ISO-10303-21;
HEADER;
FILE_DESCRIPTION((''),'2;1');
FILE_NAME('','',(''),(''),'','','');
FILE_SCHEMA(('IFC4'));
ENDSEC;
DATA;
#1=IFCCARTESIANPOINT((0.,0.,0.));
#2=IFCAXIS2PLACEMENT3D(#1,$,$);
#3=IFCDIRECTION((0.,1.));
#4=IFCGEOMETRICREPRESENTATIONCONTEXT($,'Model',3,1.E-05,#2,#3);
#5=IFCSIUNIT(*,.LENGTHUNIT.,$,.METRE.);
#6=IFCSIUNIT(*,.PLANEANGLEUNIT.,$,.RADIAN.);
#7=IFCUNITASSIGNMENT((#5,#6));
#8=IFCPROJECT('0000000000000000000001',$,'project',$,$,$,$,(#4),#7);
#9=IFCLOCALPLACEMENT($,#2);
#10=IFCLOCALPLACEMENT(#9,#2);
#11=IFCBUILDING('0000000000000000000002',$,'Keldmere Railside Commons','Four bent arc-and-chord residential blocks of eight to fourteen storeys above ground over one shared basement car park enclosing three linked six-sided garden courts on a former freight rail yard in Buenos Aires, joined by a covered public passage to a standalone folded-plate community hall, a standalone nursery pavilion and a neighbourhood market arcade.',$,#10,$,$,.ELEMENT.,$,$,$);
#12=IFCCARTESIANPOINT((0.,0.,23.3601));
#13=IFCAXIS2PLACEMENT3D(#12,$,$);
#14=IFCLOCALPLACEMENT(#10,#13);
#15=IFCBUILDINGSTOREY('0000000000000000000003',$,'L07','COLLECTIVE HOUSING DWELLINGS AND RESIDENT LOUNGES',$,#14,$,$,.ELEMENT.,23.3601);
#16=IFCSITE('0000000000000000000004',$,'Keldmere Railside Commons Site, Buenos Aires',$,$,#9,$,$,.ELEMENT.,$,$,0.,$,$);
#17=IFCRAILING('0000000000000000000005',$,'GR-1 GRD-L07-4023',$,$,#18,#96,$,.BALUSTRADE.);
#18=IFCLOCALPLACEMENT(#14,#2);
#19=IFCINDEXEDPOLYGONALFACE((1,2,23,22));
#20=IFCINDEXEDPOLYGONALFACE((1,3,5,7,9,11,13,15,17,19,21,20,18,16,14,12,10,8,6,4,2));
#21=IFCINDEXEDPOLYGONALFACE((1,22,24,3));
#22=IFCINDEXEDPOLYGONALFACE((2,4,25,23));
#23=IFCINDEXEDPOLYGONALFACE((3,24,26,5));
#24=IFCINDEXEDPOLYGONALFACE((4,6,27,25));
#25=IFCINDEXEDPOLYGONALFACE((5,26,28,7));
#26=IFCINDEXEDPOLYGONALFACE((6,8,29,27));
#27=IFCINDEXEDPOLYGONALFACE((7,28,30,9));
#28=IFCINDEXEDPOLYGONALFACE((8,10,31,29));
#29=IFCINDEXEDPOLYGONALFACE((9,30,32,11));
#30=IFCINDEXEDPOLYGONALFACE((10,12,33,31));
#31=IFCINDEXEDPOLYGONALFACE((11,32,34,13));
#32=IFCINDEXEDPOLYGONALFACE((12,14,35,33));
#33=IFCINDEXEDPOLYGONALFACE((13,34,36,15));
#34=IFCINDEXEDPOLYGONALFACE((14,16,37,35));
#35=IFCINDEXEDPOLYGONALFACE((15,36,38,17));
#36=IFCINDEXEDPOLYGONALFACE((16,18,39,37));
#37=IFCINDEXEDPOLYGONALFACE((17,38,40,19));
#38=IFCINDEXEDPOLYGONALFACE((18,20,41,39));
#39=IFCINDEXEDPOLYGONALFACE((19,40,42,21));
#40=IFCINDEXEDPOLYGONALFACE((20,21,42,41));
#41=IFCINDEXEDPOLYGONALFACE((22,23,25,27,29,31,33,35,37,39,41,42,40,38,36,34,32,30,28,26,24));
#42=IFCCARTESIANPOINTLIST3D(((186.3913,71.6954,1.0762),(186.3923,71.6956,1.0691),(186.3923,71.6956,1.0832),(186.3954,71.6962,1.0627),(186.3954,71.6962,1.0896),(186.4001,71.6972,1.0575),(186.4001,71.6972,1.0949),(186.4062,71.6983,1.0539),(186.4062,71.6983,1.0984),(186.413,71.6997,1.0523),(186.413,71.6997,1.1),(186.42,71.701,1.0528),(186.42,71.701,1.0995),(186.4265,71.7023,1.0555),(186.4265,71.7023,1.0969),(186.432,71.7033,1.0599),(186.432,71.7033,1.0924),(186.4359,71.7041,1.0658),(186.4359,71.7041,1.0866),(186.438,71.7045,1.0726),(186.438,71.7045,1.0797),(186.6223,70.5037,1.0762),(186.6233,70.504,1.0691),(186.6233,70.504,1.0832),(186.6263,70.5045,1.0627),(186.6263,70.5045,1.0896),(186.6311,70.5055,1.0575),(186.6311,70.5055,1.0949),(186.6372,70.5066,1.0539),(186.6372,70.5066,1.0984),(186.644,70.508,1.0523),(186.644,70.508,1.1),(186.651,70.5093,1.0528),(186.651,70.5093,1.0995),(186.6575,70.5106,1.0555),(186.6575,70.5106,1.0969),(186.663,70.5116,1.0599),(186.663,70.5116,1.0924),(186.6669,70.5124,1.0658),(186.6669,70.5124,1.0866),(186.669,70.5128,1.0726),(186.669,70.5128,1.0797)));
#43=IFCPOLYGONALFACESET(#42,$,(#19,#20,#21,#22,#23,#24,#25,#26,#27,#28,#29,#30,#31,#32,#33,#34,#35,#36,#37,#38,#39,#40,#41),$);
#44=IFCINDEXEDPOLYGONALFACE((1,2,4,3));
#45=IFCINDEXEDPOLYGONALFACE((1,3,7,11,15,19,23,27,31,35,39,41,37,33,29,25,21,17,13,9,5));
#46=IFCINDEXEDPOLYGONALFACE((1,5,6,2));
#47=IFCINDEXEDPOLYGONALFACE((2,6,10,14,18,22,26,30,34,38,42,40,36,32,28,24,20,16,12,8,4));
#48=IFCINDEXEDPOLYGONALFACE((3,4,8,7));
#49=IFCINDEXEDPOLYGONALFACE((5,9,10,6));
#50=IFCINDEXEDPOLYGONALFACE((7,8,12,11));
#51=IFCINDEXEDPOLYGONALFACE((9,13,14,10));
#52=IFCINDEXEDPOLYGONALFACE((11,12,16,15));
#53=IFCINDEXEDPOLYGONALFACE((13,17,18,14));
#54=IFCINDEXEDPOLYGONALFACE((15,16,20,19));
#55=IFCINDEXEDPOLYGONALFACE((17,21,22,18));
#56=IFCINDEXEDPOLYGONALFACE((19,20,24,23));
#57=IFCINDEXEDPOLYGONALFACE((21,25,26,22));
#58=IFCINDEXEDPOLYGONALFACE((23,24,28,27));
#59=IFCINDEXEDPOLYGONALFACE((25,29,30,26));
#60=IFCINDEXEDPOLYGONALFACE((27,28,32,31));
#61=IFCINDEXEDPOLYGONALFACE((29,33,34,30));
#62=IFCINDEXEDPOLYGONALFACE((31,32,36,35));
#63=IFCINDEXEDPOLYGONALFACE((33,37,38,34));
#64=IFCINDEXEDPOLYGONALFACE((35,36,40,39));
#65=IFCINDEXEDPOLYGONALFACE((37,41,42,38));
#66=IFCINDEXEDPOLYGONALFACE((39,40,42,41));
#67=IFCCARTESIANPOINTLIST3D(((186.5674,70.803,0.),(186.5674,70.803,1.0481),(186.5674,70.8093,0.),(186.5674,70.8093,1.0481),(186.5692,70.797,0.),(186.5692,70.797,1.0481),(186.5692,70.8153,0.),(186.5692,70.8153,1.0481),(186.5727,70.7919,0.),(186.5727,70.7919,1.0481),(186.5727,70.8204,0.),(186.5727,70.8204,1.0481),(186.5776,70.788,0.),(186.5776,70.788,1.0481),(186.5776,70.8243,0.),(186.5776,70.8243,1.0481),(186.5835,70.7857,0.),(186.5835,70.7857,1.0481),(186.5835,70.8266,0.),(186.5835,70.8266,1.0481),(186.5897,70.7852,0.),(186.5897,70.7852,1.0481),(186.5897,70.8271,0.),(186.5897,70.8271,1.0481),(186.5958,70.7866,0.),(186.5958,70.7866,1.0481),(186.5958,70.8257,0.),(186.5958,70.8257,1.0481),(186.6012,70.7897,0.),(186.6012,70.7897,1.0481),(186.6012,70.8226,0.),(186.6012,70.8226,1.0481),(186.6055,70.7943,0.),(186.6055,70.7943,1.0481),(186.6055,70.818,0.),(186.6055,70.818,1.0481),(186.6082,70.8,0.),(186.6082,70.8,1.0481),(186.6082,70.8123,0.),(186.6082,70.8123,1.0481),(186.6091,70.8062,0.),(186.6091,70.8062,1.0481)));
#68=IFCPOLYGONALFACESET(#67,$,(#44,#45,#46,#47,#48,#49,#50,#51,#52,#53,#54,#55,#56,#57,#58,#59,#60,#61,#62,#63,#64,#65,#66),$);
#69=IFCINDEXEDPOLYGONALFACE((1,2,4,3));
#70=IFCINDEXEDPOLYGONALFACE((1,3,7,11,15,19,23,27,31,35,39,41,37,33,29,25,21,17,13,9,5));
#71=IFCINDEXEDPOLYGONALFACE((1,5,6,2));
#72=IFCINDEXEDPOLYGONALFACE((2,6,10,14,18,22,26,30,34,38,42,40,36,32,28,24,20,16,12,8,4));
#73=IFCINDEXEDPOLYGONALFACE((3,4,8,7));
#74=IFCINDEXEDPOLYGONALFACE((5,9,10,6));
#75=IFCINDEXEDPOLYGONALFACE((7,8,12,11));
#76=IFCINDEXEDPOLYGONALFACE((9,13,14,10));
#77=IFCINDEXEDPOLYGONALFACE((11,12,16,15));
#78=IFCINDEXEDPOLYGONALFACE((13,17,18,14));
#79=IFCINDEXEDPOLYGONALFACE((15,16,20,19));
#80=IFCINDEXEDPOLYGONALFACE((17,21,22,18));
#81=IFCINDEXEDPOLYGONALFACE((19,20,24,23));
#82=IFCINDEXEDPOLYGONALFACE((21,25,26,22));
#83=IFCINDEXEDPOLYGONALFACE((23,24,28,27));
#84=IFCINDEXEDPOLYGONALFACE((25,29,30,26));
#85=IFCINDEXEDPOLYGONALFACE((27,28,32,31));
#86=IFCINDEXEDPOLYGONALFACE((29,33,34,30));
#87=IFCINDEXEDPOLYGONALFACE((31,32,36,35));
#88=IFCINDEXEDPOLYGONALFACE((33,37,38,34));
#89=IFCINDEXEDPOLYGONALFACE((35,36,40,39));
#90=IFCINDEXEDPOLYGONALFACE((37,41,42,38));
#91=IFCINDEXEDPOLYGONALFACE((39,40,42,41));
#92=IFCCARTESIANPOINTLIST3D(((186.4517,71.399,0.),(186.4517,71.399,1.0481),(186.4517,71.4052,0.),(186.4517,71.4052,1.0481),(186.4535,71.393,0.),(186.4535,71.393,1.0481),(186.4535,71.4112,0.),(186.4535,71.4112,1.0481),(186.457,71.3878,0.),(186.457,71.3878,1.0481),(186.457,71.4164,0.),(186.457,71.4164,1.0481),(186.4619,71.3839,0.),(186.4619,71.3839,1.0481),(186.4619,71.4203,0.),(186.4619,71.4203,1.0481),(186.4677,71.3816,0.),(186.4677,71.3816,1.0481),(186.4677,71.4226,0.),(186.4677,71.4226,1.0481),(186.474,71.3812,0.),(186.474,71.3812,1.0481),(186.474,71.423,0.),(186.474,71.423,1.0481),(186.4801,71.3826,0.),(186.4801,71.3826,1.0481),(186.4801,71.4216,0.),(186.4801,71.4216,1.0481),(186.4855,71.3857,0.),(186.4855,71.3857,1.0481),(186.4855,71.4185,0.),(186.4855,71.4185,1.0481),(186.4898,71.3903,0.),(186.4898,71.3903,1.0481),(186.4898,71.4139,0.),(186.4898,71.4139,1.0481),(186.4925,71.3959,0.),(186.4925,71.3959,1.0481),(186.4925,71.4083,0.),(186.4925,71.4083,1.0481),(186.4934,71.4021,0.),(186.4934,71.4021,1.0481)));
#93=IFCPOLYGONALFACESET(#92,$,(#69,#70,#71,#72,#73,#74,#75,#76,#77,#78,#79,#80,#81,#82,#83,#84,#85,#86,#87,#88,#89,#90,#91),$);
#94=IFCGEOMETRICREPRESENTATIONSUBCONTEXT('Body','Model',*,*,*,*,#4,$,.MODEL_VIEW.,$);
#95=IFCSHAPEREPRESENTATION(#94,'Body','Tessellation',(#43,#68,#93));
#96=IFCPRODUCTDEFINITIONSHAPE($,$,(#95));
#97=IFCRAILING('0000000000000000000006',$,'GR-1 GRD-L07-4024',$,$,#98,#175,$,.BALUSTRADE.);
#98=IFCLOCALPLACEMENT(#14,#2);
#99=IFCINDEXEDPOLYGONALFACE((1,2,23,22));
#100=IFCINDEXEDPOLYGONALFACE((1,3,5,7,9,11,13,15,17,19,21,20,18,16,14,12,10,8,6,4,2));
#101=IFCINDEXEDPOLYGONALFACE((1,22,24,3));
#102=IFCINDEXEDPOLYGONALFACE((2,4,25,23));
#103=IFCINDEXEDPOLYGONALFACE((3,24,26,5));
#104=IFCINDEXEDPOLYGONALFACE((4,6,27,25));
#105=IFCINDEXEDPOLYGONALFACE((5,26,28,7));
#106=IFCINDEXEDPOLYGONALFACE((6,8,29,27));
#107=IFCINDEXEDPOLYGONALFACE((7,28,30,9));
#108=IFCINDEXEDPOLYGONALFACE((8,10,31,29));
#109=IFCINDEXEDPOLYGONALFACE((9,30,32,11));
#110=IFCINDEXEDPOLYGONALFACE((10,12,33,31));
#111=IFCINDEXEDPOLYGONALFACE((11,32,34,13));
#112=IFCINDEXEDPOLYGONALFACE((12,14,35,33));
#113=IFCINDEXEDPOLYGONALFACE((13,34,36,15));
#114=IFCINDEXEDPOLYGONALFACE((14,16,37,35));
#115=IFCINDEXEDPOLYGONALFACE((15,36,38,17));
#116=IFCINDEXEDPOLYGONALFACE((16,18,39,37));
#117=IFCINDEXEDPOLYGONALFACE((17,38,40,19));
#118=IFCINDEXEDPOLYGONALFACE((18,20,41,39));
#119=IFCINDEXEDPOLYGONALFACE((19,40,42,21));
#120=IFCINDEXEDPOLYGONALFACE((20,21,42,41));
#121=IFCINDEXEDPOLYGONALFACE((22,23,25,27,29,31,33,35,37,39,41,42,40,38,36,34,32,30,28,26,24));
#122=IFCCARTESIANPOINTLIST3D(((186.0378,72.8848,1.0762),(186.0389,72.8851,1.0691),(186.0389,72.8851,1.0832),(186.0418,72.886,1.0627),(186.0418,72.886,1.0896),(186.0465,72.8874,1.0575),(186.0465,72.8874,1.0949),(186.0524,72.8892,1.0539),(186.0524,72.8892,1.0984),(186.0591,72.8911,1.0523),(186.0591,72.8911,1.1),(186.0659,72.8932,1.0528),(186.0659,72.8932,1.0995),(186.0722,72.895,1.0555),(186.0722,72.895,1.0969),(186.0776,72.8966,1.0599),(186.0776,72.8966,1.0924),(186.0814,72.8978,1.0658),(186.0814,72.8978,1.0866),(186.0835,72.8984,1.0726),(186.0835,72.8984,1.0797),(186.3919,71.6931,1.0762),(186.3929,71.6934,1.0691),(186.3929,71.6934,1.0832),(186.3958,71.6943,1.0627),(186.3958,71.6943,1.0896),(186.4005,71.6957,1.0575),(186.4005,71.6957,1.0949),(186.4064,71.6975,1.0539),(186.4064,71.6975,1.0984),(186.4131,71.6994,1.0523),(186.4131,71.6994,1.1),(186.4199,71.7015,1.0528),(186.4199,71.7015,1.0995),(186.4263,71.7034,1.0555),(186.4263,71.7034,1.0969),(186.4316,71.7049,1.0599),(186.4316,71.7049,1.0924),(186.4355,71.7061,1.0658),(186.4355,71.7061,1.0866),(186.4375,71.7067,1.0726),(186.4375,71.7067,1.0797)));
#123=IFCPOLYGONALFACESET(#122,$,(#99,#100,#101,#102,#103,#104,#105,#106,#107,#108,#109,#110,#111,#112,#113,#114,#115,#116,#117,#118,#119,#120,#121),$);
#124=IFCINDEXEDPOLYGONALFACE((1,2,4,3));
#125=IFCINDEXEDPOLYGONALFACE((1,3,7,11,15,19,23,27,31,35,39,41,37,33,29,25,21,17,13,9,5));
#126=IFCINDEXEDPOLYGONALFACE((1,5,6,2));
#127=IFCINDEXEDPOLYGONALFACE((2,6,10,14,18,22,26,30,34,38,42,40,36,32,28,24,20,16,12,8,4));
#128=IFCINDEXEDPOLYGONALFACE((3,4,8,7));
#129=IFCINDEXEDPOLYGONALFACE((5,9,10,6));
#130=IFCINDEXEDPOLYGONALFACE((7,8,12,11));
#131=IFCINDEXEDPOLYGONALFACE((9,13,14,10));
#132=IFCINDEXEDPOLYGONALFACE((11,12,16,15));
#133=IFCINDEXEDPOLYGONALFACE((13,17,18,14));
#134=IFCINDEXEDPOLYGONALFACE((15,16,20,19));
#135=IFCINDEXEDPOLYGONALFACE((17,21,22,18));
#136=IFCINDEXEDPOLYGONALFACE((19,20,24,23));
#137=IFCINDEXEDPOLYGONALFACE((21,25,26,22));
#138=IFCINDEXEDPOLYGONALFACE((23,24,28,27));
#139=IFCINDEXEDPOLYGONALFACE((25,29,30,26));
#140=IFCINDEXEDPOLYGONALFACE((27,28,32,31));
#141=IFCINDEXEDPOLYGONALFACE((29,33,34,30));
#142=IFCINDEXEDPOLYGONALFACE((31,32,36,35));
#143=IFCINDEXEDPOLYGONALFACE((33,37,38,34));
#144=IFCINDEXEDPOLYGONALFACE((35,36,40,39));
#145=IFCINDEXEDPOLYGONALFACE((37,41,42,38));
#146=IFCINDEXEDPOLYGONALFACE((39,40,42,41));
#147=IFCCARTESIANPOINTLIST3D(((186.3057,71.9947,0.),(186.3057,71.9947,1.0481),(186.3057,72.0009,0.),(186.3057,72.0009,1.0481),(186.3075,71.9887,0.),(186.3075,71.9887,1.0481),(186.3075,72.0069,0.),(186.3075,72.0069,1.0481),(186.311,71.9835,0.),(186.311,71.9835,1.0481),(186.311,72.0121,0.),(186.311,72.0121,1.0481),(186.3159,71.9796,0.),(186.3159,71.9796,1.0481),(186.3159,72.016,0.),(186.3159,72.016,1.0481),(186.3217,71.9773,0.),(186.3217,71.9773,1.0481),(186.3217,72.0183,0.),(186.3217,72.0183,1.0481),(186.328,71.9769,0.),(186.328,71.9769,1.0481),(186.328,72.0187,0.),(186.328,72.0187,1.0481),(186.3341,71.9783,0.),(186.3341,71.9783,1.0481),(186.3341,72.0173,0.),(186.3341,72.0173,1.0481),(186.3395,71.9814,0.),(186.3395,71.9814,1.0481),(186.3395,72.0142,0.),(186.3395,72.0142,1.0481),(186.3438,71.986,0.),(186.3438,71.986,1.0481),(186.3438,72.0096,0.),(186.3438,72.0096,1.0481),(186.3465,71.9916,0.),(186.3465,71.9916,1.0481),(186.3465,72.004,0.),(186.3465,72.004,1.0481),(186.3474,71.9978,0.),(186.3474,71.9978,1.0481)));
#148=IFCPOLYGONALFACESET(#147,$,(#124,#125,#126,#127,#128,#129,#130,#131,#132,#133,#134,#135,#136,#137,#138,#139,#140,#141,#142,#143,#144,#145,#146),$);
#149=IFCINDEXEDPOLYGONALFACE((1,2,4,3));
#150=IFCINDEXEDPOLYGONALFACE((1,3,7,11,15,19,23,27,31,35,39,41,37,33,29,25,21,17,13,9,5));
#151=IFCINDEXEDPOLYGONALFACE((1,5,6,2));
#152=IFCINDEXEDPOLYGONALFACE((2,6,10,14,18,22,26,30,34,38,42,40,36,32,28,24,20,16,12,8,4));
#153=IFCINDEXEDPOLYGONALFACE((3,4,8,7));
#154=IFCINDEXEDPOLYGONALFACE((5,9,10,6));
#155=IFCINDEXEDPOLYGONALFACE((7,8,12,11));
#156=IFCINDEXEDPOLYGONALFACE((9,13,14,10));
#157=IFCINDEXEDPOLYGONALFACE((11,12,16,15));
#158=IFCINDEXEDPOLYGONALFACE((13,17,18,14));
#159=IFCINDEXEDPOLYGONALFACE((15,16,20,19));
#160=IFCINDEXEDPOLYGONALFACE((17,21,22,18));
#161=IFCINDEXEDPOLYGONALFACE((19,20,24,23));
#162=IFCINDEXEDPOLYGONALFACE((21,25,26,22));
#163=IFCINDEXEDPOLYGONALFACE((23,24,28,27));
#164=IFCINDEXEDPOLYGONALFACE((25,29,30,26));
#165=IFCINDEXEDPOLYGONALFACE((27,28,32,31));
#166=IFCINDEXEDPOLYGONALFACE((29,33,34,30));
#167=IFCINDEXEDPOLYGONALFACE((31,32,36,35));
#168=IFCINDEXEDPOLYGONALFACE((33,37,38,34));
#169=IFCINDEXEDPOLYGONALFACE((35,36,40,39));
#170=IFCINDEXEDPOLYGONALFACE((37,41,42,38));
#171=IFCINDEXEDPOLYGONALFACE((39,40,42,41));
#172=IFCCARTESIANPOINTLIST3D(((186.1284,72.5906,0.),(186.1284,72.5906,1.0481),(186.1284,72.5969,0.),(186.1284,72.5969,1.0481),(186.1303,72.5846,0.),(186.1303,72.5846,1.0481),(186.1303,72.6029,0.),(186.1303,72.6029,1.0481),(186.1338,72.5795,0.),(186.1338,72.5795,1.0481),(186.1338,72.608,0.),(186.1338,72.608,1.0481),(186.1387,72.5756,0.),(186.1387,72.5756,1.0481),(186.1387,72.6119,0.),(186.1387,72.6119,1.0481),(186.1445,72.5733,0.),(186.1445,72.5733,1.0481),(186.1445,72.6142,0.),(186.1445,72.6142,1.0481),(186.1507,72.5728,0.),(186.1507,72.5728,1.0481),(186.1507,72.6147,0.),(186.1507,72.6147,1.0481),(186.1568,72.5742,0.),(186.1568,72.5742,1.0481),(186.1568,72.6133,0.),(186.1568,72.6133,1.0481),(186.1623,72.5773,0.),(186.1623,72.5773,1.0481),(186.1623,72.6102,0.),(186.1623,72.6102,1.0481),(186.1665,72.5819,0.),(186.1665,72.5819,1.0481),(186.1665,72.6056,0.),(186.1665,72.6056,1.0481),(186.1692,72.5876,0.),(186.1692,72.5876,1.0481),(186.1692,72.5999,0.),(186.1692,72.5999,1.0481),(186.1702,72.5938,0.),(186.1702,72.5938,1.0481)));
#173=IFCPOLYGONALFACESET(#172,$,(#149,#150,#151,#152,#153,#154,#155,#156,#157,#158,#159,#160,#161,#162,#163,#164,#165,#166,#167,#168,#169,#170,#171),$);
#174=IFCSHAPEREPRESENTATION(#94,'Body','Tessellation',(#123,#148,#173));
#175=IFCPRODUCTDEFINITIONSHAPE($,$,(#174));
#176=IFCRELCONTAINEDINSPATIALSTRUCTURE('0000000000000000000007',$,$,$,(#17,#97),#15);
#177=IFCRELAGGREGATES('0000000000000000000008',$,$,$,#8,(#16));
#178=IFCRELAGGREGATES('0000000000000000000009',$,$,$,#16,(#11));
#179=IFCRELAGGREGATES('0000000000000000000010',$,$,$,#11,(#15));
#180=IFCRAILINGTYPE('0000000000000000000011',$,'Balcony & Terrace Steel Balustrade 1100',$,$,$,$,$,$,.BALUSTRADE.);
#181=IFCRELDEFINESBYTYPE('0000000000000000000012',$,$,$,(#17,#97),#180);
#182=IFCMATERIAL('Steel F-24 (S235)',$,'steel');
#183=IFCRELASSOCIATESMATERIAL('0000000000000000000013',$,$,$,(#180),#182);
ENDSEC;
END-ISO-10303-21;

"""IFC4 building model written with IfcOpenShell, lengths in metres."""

from ifc_helpers import new_model, si_unit, direction, frame, origin, origin_2d, place, context, subcontext, project, spatial, circle, extrude, material, type_object, element, save


model = new_model("IFC4")

# Units and contexts
model_context = context("Model", 3, precision=1e-05, world=origin(), true_north=direction((0.0, 1.0)))
body_context = subcontext(model_context, "Body", "Model", "MODEL_VIEW")
ifc_project = project(units=[si_unit("LENGTHUNIT", "METRE"), si_unit("PLANEANGLEUNIT", "RADIAN")], contexts=[model_context])

# Site, building, storey
site_placement = place(None, origin())
site = spatial("IfcSite", under=ifc_project, at=site_placement, Name="Keldmere Railside Commons Site, Buenos Aires", CompositionType="ELEMENT", RefElevation=0.0)
building_placement = place(site_placement, origin())
building = spatial("IfcBuilding", under=site, at=building_placement, Name="Keldmere Railside Commons", Description="Four bent arc-and-chord residential blocks of eight to fourteen storeys above ground over one shared basement car park enclosing three linked six-sided garden courts on a former freight rail yard in Buenos Aires, joined by a covered public passage to a standalone folded-plate community hall, a standalone nursery pavilion and a neighbourhood market arcade.", CompositionType="ELEMENT")
storey_placement = place(building_placement, frame((0.0, 0.0, 23.3601)))
storey = spatial("IfcBuildingStorey", under=building, at=storey_placement, Name="L07", Description="COLLECTIVE HOUSING DWELLINGS AND RESIDENT LOUNGES", CompositionType="ELEMENT", Elevation=23.3601)

# Shared definitions
ifc_material_1 = material(Name="Steel F-24 (S235)", Category="steel")

# Railings
railing_type_1 = type_object("IfcRailingType", Name="Balcony & Terrace Steel Balustrade 1100", PredefinedType="BALUSTRADE", material=ifc_material_1)
railing_1_placement = place(storey_placement, frame((186.6458, 70.5083, 0.0)))
element("IfcRailing", 1, at=railing_1_placement, inside=storey, type_object=railing_type_1, Name="GR-1 GRD-L07-4023", PredefinedType="BALUSTRADE", context=body_context, shape_type="SweptSolid", body=[
    extrude(circle(Radius=0.0239, at=origin_2d()), frame((0.0, 0.0, 1.0762), z_axis=(-0.190272, 0.981731, 0.0), x_axis=(-0.981731, -0.190272, 0.0)), (0.0, 0.0, 1.0), 1.2139),
    extrude(circle(Radius=0.021, at=origin_2d()), frame((-0.0576, 0.2979, 0.0)), (0.0, 0.0, 1.0), 1.0481),
    extrude(circle(Radius=0.021, at=origin_2d()), frame((-0.1733, 0.8938, 0.0)), (0.0, 0.0, 1.0), 1.0481),
])
railing_2_placement = place(storey_placement, frame((186.4148, 71.7, 0.0)))
element("IfcRailing", 2, at=railing_2_placement, inside=storey, type_object=railing_type_1, Name="GR-1 GRD-L07-4024", PredefinedType="BALUSTRADE", context=body_context, shape_type="SweptSolid", body=[
    extrude(circle(Radius=0.0239, at=origin_2d()), frame((0.0, 0.0, 1.0762), z_axis=(-0.28477, 0.958596, 0.0), x_axis=(-0.958596, -0.28477, 0.0)), (0.0, 0.0, 1.0), 1.2432),
    extrude(circle(Radius=0.021, at=origin_2d()), frame((-0.0884, 0.2979, 0.0)), (0.0, 0.0, 1.0), 1.0481),
    extrude(circle(Radius=0.021, at=origin_2d()), frame((-0.2656, 0.8938, 0.0)), (0.0, 0.0, 1.0), 1.0481),
])

save(model, "model.ifc")
